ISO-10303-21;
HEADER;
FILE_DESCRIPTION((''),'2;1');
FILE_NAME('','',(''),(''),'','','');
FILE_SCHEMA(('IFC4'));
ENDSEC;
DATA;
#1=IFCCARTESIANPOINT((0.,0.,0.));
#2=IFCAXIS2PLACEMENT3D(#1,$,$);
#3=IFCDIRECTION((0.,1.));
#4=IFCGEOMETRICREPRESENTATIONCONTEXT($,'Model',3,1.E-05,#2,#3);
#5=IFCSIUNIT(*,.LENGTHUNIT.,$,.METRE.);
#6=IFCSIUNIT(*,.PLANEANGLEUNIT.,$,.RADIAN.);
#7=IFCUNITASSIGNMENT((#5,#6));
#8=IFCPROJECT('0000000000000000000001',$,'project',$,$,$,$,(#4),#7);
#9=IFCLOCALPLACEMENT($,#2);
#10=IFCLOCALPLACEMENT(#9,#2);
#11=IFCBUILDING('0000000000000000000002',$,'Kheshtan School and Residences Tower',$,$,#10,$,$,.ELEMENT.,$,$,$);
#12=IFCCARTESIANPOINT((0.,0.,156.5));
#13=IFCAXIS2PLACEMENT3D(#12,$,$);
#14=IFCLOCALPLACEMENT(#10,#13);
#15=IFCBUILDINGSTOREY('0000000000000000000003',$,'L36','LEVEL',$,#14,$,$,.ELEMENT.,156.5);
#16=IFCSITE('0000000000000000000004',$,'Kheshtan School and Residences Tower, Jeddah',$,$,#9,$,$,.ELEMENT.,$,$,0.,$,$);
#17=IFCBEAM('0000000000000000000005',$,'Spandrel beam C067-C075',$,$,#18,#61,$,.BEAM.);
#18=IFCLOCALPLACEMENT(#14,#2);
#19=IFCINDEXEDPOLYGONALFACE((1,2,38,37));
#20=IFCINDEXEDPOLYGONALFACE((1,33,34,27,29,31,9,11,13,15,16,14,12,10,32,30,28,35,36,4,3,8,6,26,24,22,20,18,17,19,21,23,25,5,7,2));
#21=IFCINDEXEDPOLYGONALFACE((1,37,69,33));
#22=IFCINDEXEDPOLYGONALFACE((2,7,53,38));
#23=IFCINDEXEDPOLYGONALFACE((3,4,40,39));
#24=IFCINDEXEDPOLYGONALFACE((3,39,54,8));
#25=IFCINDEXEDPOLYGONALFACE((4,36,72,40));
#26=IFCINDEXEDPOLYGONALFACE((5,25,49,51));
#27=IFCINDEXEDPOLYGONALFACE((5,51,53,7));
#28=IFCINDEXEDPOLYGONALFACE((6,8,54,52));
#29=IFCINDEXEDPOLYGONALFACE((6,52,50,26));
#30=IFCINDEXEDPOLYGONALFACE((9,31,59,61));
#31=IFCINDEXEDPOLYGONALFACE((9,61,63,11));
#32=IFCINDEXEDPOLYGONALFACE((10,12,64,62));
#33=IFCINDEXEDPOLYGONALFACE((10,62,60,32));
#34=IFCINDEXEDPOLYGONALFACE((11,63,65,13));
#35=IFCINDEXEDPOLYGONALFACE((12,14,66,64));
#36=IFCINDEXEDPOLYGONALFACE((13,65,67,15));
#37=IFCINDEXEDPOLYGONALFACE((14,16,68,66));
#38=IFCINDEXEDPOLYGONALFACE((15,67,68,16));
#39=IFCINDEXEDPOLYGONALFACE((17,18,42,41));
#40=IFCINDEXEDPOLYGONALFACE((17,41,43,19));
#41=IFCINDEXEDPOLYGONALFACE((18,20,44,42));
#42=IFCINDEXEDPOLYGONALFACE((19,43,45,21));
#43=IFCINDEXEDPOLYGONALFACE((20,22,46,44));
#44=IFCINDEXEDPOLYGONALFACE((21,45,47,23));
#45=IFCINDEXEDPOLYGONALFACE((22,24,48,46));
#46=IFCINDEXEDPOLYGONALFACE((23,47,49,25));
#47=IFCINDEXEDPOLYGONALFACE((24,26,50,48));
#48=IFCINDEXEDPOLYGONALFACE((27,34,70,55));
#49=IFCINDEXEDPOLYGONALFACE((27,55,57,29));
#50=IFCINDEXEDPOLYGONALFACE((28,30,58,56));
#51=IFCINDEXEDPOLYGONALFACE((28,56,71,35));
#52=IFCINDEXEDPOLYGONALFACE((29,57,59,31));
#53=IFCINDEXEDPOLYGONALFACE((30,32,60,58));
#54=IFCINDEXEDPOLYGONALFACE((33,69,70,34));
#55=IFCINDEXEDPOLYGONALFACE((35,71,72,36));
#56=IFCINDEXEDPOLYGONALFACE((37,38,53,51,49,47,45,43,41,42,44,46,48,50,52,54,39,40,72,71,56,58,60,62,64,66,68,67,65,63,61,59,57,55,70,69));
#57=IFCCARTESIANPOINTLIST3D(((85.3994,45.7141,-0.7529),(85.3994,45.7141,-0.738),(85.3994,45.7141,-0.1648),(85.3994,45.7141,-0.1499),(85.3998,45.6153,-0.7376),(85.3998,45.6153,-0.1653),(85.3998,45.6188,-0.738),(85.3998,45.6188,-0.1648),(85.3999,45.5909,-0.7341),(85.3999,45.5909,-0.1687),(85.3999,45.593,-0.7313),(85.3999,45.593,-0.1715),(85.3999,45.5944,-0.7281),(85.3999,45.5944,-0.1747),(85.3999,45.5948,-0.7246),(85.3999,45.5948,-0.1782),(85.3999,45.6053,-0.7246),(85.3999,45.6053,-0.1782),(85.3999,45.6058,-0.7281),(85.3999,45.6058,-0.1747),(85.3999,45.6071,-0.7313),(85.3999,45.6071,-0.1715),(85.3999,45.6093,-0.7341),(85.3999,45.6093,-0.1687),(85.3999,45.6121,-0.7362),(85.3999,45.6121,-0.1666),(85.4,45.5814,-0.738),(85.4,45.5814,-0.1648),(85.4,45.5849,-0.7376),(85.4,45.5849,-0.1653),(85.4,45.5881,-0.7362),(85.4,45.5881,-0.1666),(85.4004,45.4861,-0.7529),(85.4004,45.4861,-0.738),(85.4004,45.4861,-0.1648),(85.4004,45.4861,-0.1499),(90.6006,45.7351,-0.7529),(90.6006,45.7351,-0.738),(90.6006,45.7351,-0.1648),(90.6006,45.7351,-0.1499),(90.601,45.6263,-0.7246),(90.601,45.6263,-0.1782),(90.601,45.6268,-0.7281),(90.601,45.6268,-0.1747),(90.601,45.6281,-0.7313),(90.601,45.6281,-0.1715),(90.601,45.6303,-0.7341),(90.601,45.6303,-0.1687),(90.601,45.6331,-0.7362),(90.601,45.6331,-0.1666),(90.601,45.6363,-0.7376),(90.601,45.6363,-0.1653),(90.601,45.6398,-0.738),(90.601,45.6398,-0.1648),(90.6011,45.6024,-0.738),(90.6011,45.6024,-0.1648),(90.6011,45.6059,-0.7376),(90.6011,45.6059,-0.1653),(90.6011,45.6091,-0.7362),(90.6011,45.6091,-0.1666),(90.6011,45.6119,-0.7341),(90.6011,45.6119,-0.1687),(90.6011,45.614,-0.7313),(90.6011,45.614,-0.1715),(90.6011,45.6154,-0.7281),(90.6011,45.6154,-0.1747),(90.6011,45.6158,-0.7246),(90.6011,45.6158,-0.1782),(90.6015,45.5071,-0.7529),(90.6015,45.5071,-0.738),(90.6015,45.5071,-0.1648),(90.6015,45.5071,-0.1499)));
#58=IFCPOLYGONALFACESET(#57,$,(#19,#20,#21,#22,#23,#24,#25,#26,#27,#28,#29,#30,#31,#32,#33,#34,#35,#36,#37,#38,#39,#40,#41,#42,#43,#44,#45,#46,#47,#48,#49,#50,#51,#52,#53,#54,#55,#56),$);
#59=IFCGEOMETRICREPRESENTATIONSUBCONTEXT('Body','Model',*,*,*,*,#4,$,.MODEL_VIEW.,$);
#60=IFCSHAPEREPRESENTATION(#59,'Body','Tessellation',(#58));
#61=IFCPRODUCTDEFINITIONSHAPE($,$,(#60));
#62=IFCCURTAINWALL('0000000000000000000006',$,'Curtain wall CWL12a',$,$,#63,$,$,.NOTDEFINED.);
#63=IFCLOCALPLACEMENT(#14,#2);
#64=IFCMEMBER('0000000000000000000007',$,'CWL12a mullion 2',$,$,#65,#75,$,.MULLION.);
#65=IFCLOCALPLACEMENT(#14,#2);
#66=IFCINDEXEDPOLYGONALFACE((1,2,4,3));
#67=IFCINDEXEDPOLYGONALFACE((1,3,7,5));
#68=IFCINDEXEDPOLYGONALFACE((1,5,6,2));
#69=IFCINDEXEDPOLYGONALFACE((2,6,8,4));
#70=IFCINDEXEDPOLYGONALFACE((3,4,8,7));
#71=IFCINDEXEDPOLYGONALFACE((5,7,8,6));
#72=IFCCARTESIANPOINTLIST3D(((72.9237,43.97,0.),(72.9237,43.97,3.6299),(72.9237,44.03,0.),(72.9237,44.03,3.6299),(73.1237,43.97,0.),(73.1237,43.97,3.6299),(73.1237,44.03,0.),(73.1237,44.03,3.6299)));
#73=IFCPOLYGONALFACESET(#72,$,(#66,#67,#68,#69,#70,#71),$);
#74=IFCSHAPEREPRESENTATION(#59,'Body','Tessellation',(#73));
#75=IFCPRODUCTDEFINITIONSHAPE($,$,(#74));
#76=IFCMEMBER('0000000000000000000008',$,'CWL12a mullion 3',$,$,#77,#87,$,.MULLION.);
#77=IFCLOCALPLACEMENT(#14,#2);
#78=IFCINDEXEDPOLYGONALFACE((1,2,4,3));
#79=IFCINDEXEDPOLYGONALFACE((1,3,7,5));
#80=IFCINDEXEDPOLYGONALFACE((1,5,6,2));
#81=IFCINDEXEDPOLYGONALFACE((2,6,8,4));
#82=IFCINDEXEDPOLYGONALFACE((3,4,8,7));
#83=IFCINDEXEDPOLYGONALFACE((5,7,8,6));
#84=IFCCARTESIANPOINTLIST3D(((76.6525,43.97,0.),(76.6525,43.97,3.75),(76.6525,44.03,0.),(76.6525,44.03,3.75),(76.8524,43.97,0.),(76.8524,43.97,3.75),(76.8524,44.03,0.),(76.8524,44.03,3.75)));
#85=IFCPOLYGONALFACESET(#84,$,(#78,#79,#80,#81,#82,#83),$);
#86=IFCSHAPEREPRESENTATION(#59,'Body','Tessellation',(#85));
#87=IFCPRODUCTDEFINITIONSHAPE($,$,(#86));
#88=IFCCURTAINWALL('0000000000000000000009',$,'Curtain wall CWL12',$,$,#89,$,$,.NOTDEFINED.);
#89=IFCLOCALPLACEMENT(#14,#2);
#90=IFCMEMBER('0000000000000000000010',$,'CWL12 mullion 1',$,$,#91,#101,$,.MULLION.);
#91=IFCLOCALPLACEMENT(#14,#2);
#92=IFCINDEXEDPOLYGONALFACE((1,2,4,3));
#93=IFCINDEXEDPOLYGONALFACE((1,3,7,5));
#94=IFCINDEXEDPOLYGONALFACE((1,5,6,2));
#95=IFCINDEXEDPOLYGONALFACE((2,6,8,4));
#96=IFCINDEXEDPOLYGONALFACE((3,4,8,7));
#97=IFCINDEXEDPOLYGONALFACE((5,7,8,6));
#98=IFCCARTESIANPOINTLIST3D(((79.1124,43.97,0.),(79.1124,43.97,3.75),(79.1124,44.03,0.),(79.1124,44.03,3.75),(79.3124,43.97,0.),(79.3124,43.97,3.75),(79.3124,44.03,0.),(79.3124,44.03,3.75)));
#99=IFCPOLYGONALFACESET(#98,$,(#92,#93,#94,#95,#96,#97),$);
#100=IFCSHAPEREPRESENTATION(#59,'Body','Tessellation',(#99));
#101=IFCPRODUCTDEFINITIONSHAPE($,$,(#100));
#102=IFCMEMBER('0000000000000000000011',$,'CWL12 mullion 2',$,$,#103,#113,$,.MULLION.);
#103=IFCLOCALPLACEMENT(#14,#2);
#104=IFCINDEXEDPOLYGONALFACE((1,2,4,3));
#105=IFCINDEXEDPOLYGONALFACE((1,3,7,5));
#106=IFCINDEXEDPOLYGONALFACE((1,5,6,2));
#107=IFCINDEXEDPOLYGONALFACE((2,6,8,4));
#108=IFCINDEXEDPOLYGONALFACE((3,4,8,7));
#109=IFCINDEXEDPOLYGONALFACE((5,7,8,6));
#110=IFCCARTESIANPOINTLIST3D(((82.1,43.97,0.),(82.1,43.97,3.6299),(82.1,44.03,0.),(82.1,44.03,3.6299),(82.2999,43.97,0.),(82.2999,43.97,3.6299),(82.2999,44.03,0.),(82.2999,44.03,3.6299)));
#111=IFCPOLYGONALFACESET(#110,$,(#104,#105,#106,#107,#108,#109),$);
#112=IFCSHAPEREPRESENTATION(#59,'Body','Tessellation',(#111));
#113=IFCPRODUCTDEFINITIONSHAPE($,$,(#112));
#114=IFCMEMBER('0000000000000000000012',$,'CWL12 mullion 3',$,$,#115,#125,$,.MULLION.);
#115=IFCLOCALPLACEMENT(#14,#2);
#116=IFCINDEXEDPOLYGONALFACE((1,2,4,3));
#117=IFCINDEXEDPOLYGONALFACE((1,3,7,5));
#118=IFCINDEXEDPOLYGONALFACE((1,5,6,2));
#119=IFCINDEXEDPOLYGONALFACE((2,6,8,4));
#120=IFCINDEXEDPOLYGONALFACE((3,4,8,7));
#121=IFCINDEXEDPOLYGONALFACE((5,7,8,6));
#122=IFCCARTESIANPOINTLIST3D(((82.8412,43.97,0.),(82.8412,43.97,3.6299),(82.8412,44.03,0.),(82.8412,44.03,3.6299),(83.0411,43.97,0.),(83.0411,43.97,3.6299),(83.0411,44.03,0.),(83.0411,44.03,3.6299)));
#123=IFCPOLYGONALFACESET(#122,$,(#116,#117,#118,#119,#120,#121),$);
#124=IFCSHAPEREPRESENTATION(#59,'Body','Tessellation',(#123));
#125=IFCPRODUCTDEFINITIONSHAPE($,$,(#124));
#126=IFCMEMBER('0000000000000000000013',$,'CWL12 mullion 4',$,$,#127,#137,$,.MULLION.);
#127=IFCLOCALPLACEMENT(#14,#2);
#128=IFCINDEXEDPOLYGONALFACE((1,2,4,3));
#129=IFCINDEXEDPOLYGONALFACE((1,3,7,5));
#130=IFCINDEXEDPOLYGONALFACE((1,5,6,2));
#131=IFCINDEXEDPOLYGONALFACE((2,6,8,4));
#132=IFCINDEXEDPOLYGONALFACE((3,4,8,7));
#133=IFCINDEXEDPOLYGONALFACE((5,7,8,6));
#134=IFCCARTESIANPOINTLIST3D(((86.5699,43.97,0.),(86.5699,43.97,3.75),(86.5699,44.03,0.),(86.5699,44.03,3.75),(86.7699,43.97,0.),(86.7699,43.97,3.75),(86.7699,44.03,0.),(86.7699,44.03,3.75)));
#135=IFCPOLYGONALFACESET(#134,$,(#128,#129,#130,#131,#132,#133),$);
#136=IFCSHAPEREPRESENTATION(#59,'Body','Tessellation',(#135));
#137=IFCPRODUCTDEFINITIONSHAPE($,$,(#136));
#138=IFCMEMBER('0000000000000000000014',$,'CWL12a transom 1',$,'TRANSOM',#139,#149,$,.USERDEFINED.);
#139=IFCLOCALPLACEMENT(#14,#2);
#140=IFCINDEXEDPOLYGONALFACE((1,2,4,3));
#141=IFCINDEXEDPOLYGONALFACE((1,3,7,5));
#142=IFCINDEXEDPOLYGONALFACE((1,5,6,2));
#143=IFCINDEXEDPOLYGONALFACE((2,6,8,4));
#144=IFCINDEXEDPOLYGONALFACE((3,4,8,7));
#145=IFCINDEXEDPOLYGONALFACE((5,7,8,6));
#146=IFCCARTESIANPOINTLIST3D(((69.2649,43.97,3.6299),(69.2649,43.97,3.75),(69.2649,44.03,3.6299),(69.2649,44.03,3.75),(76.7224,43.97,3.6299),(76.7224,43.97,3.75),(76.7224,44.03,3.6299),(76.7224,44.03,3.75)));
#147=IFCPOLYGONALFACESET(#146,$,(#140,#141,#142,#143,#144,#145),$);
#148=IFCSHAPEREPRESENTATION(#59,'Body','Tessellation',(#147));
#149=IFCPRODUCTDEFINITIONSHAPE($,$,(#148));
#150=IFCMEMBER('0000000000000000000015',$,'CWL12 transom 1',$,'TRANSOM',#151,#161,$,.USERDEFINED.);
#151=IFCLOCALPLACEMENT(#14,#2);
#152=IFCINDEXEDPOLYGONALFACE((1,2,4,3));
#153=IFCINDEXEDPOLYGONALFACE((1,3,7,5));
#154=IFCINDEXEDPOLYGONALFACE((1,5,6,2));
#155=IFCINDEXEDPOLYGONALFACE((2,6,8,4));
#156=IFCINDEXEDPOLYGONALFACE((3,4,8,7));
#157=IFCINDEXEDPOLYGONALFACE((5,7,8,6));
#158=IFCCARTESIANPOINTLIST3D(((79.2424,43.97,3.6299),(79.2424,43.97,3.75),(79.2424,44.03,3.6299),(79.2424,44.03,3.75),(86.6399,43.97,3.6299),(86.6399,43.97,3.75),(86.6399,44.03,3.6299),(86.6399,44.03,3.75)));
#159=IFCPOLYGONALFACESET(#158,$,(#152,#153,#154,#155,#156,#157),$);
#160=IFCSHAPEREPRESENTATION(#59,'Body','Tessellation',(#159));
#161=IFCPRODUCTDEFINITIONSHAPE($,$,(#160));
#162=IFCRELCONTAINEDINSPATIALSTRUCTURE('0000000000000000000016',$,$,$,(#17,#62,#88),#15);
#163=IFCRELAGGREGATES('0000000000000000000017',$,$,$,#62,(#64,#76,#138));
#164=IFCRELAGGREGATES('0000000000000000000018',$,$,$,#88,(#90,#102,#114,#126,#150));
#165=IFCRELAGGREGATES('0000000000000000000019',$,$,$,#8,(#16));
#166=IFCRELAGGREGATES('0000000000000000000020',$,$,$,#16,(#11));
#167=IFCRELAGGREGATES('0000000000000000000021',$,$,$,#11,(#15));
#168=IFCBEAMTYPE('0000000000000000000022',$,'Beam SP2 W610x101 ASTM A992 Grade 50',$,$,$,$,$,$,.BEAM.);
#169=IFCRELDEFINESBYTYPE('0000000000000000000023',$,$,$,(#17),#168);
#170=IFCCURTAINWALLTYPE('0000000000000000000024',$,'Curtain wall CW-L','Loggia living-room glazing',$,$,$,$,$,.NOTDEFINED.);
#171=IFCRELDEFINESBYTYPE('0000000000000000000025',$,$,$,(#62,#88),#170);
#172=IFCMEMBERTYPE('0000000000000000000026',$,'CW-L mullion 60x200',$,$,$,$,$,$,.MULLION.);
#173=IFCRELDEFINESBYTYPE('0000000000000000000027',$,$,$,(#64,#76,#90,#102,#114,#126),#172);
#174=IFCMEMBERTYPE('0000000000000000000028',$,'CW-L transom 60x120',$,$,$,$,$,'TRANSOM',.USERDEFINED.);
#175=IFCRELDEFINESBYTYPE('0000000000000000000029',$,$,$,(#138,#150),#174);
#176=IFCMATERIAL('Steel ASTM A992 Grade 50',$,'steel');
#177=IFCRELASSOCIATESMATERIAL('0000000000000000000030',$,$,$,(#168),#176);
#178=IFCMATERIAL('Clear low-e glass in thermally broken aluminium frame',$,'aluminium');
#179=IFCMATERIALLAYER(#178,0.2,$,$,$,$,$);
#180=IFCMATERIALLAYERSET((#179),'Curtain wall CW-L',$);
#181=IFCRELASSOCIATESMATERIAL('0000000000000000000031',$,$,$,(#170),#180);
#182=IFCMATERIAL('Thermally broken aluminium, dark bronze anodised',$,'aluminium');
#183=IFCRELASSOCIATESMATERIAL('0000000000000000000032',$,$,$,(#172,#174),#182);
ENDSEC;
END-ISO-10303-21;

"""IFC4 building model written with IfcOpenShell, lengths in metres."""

from ifc_helpers import new_model, si_unit, direction, frame, origin, origin_2d, place, context, subcontext, project, spatial, rectangle, i_section, extrude, material, layer, layer_set, material_profile, profile_set, type_object, element, aggregate, save


model = new_model("IFC4")

# Units and contexts
model_context = context("Model", 3, precision=1e-05, world=origin(), true_north=direction((0.0, 1.0)))
body_context = subcontext(model_context, "Body", "Model", "MODEL_VIEW")
ifc_project = project(units=[si_unit("LENGTHUNIT", "METRE"), si_unit("PLANEANGLEUNIT", "RADIAN")], contexts=[model_context])

# Site, building, storey
site_placement = place(None, origin())
site = spatial("IfcSite", under=ifc_project, at=site_placement, Name="Kheshtan School and Residences Tower, Jeddah", CompositionType="ELEMENT", RefElevation=0.0)
building_placement = place(site_placement, origin())
building = spatial("IfcBuilding", under=site, at=building_placement, Name="Kheshtan School and Residences Tower", CompositionType="ELEMENT")
storey_placement = place(building_placement, frame((0.0, 0.0, 156.5)))
storey = spatial("IfcBuildingStorey", under=building, at=storey_placement, Name="L36", Description="LEVEL", CompositionType="ELEMENT", Elevation=156.5)

# Shared definitions
ifc_material_1 = material(Name="Steel ASTM A992 Grade 50", Category="steel")

# Beam
ifc_material_profile_1 = material_profile(ifc_material_1, i_section(OverallWidth=0.228, OverallDepth=0.603, WebThickness=0.0105, FlangeThickness=0.0149, FilletRadius=0.0134, at=origin_2d()), Name="W610x101")
ifc_profile_set_1 = profile_set([ifc_material_profile_1], Name="Steel ASTM A992 Grade 50")
beam_type_1 = type_object("IfcBeamType", Name="Beam SP2 W610x101 ASTM A992 Grade 50", PredefinedType="BEAM", material=ifc_profile_set_1)
beam_1_placement = place(storey_placement, frame((85.3999, 45.6001, -0.4514), z_axis=(0.999992, 0.004037, 0.0), x_axis=(-0.004037, 0.999992, 0.0)))
element("IfcBeam", 1, at=beam_1_placement, inside=storey, type_object=beam_type_1, Name="Spandrel beam C067-C075", PredefinedType="BEAM", context=body_context, shape_type="SweptSolid", body=[
    extrude(i_section(OverallWidth=0.228, OverallDepth=0.603, WebThickness=0.0105, FlangeThickness=0.0149, FilletRadius=0.0134, at=origin_2d()), origin(), (0.0, 0.0, 1.0), 5.2012),
])

# Curtain walls, members
ifc_material_2 = material(Name="Clear low-e glass in thermally broken aluminium frame", Category="aluminium")
ifc_layer_1 = layer(ifc_material_2, 0.2)
ifc_layer_set_1 = layer_set([ifc_layer_1], Name="Curtain wall CW-L")
curtain_wall_type = type_object("IfcCurtainWallType", Name="Curtain wall CW-L", Description="Loggia living-room glazing", PredefinedType="NOTDEFINED", material=ifc_layer_set_1)
curtain_wall_1_placement = place(storey_placement, origin())
curtain_wall_1 = element("IfcCurtainWall", 2, at=curtain_wall_1_placement, inside=storey, type_object=curtain_wall_type, Name="Curtain wall CWL12a", PredefinedType="NOTDEFINED")
ifc_material_3 = material(Name="Thermally broken aluminium, dark bronze anodised", Category="aluminium")
ifc_material_profile_2 = material_profile(ifc_material_3, rectangle(XDim=0.0601, YDim=0.2, at=origin_2d()), Name="CW-L mullion 60x200")
ifc_profile_set_2 = profile_set([ifc_material_profile_2], Name="Thermally broken aluminium, dark bronze anodised")
member_type_1 = type_object("IfcMemberType", Name="CW-L mullion 60x200", PredefinedType="MULLION", material=ifc_profile_set_2)
member_1_placement = place(storey_placement, frame((73.0237, 44.0, 0.0), z_axis=(0.0, 0.0, 1.0), x_axis=(0.0, 1.0, 0.0)))
member_1 = element("IfcMember", 3, at=member_1_placement, type_object=member_type_1, Name="CWL12a mullion 2", PredefinedType="MULLION", context=body_context, shape_type="SweptSolid", body=[
    extrude(rectangle(XDim=0.0601, YDim=0.2, at=origin_2d()), origin(), (0.0, 0.0, 1.0), 3.6299),
])
member_2_placement = place(storey_placement, frame((76.7524, 44.0, 0.0), z_axis=(0.0, 0.0, 1.0), x_axis=(0.0, 1.0, 0.0)))
member_2 = element("IfcMember", 4, at=member_2_placement, type_object=member_type_1, Name="CWL12a mullion 3", PredefinedType="MULLION", context=body_context, shape_type="SweptSolid", body=[
    extrude(rectangle(XDim=0.0601, YDim=0.2, at=origin_2d()), origin(), (0.0, 0.0, 1.0), 3.75),
])
curtain_wall_2_placement = place(storey_placement, origin())
curtain_wall_2 = element("IfcCurtainWall", 5, at=curtain_wall_2_placement, inside=storey, type_object=curtain_wall_type, Name="Curtain wall CWL12", PredefinedType="NOTDEFINED")
member_3_placement = place(storey_placement, frame((79.2124, 44.0, 0.0), z_axis=(0.0, 0.0, 1.0), x_axis=(0.0, 1.0, 0.0)))
member_3 = element("IfcMember", 6, at=member_3_placement, type_object=member_type_1, Name="CWL12 mullion 1", PredefinedType="MULLION", context=body_context, shape_type="SweptSolid", body=[
    extrude(rectangle(XDim=0.0601, YDim=0.2, at=origin_2d()), origin(), (0.0, 0.0, 1.0), 3.75),
])
member_4_placement = place(storey_placement, frame((82.2, 44.0, 0.0), z_axis=(0.0, 0.0, 1.0), x_axis=(0.0, 1.0, 0.0)))
member_4 = element("IfcMember", 7, at=member_4_placement, type_object=member_type_1, Name="CWL12 mullion 2", PredefinedType="MULLION", context=body_context, shape_type="SweptSolid", body=[
    extrude(rectangle(XDim=0.0601, YDim=0.2, at=origin_2d()), origin(), (0.0, 0.0, 1.0), 3.6299),
])
member_5_placement = place(storey_placement, frame((82.9412, 44.0, 0.0), z_axis=(0.0, 0.0, 1.0), x_axis=(0.0, 1.0, 0.0)))
member_5 = element("IfcMember", 8, at=member_5_placement, type_object=member_type_1, Name="CWL12 mullion 3", PredefinedType="MULLION", context=body_context, shape_type="SweptSolid", body=[
    extrude(rectangle(XDim=0.0601, YDim=0.2, at=origin_2d()), origin(), (0.0, 0.0, 1.0), 3.6299),
])
member_6_placement = place(storey_placement, frame((86.6699, 44.0, 0.0), z_axis=(0.0, 0.0, 1.0), x_axis=(0.0, 1.0, 0.0)))
member_6 = element("IfcMember", 9, at=member_6_placement, type_object=member_type_1, Name="CWL12 mullion 4", PredefinedType="MULLION", context=body_context, shape_type="SweptSolid", body=[
    extrude(rectangle(XDim=0.0601, YDim=0.2, at=origin_2d()), origin(), (0.0, 0.0, 1.0), 3.75),
])

# Members
ifc_material_profile_3 = material_profile(ifc_material_3, rectangle(XDim=0.0601, YDim=0.1201, at=origin_2d()), Name="CW-L transom 60x120")
ifc_profile_set_3 = profile_set([ifc_material_profile_3], Name="Thermally broken aluminium, dark bronze anodised")
member_type_2 = type_object("IfcMemberType", Name="CW-L transom 60x120", ElementType="TRANSOM", PredefinedType="USERDEFINED", material=ifc_profile_set_3)
member_7_placement = place(storey_placement, frame((69.2649, 44.0, 3.6899), z_axis=(1.0, 0.0, 0.0), x_axis=(0.0, 1.0, 0.0)))
member_7 = element("IfcMember", 10, at=member_7_placement, type_object=member_type_2, Name="CWL12a transom 1", ObjectType="TRANSOM", PredefinedType="USERDEFINED", context=body_context, shape_type="SweptSolid", body=[
    extrude(rectangle(XDim=0.0601, YDim=0.1201, at=origin_2d()), origin(), (0.0, 0.0, 1.0), 7.4575),
])
member_8_placement = place(storey_placement, frame((79.2424, 44.0, 3.6899), z_axis=(1.0, 0.0, 0.0), x_axis=(0.0, 1.0, 0.0)))
member_8 = element("IfcMember", 11, at=member_8_placement, type_object=member_type_2, Name="CWL12 transom 1", ObjectType="TRANSOM", PredefinedType="USERDEFINED", context=body_context, shape_type="SweptSolid", body=[
    extrude(rectangle(XDim=0.0601, YDim=0.1201, at=origin_2d()), origin(), (0.0, 0.0, 1.0), 7.3975),
])

aggregate(curtain_wall_1, [member_1, member_2, member_7])
aggregate(curtain_wall_2, [member_3, member_4, member_5, member_6, member_8])

save(model, "model.ifc")
